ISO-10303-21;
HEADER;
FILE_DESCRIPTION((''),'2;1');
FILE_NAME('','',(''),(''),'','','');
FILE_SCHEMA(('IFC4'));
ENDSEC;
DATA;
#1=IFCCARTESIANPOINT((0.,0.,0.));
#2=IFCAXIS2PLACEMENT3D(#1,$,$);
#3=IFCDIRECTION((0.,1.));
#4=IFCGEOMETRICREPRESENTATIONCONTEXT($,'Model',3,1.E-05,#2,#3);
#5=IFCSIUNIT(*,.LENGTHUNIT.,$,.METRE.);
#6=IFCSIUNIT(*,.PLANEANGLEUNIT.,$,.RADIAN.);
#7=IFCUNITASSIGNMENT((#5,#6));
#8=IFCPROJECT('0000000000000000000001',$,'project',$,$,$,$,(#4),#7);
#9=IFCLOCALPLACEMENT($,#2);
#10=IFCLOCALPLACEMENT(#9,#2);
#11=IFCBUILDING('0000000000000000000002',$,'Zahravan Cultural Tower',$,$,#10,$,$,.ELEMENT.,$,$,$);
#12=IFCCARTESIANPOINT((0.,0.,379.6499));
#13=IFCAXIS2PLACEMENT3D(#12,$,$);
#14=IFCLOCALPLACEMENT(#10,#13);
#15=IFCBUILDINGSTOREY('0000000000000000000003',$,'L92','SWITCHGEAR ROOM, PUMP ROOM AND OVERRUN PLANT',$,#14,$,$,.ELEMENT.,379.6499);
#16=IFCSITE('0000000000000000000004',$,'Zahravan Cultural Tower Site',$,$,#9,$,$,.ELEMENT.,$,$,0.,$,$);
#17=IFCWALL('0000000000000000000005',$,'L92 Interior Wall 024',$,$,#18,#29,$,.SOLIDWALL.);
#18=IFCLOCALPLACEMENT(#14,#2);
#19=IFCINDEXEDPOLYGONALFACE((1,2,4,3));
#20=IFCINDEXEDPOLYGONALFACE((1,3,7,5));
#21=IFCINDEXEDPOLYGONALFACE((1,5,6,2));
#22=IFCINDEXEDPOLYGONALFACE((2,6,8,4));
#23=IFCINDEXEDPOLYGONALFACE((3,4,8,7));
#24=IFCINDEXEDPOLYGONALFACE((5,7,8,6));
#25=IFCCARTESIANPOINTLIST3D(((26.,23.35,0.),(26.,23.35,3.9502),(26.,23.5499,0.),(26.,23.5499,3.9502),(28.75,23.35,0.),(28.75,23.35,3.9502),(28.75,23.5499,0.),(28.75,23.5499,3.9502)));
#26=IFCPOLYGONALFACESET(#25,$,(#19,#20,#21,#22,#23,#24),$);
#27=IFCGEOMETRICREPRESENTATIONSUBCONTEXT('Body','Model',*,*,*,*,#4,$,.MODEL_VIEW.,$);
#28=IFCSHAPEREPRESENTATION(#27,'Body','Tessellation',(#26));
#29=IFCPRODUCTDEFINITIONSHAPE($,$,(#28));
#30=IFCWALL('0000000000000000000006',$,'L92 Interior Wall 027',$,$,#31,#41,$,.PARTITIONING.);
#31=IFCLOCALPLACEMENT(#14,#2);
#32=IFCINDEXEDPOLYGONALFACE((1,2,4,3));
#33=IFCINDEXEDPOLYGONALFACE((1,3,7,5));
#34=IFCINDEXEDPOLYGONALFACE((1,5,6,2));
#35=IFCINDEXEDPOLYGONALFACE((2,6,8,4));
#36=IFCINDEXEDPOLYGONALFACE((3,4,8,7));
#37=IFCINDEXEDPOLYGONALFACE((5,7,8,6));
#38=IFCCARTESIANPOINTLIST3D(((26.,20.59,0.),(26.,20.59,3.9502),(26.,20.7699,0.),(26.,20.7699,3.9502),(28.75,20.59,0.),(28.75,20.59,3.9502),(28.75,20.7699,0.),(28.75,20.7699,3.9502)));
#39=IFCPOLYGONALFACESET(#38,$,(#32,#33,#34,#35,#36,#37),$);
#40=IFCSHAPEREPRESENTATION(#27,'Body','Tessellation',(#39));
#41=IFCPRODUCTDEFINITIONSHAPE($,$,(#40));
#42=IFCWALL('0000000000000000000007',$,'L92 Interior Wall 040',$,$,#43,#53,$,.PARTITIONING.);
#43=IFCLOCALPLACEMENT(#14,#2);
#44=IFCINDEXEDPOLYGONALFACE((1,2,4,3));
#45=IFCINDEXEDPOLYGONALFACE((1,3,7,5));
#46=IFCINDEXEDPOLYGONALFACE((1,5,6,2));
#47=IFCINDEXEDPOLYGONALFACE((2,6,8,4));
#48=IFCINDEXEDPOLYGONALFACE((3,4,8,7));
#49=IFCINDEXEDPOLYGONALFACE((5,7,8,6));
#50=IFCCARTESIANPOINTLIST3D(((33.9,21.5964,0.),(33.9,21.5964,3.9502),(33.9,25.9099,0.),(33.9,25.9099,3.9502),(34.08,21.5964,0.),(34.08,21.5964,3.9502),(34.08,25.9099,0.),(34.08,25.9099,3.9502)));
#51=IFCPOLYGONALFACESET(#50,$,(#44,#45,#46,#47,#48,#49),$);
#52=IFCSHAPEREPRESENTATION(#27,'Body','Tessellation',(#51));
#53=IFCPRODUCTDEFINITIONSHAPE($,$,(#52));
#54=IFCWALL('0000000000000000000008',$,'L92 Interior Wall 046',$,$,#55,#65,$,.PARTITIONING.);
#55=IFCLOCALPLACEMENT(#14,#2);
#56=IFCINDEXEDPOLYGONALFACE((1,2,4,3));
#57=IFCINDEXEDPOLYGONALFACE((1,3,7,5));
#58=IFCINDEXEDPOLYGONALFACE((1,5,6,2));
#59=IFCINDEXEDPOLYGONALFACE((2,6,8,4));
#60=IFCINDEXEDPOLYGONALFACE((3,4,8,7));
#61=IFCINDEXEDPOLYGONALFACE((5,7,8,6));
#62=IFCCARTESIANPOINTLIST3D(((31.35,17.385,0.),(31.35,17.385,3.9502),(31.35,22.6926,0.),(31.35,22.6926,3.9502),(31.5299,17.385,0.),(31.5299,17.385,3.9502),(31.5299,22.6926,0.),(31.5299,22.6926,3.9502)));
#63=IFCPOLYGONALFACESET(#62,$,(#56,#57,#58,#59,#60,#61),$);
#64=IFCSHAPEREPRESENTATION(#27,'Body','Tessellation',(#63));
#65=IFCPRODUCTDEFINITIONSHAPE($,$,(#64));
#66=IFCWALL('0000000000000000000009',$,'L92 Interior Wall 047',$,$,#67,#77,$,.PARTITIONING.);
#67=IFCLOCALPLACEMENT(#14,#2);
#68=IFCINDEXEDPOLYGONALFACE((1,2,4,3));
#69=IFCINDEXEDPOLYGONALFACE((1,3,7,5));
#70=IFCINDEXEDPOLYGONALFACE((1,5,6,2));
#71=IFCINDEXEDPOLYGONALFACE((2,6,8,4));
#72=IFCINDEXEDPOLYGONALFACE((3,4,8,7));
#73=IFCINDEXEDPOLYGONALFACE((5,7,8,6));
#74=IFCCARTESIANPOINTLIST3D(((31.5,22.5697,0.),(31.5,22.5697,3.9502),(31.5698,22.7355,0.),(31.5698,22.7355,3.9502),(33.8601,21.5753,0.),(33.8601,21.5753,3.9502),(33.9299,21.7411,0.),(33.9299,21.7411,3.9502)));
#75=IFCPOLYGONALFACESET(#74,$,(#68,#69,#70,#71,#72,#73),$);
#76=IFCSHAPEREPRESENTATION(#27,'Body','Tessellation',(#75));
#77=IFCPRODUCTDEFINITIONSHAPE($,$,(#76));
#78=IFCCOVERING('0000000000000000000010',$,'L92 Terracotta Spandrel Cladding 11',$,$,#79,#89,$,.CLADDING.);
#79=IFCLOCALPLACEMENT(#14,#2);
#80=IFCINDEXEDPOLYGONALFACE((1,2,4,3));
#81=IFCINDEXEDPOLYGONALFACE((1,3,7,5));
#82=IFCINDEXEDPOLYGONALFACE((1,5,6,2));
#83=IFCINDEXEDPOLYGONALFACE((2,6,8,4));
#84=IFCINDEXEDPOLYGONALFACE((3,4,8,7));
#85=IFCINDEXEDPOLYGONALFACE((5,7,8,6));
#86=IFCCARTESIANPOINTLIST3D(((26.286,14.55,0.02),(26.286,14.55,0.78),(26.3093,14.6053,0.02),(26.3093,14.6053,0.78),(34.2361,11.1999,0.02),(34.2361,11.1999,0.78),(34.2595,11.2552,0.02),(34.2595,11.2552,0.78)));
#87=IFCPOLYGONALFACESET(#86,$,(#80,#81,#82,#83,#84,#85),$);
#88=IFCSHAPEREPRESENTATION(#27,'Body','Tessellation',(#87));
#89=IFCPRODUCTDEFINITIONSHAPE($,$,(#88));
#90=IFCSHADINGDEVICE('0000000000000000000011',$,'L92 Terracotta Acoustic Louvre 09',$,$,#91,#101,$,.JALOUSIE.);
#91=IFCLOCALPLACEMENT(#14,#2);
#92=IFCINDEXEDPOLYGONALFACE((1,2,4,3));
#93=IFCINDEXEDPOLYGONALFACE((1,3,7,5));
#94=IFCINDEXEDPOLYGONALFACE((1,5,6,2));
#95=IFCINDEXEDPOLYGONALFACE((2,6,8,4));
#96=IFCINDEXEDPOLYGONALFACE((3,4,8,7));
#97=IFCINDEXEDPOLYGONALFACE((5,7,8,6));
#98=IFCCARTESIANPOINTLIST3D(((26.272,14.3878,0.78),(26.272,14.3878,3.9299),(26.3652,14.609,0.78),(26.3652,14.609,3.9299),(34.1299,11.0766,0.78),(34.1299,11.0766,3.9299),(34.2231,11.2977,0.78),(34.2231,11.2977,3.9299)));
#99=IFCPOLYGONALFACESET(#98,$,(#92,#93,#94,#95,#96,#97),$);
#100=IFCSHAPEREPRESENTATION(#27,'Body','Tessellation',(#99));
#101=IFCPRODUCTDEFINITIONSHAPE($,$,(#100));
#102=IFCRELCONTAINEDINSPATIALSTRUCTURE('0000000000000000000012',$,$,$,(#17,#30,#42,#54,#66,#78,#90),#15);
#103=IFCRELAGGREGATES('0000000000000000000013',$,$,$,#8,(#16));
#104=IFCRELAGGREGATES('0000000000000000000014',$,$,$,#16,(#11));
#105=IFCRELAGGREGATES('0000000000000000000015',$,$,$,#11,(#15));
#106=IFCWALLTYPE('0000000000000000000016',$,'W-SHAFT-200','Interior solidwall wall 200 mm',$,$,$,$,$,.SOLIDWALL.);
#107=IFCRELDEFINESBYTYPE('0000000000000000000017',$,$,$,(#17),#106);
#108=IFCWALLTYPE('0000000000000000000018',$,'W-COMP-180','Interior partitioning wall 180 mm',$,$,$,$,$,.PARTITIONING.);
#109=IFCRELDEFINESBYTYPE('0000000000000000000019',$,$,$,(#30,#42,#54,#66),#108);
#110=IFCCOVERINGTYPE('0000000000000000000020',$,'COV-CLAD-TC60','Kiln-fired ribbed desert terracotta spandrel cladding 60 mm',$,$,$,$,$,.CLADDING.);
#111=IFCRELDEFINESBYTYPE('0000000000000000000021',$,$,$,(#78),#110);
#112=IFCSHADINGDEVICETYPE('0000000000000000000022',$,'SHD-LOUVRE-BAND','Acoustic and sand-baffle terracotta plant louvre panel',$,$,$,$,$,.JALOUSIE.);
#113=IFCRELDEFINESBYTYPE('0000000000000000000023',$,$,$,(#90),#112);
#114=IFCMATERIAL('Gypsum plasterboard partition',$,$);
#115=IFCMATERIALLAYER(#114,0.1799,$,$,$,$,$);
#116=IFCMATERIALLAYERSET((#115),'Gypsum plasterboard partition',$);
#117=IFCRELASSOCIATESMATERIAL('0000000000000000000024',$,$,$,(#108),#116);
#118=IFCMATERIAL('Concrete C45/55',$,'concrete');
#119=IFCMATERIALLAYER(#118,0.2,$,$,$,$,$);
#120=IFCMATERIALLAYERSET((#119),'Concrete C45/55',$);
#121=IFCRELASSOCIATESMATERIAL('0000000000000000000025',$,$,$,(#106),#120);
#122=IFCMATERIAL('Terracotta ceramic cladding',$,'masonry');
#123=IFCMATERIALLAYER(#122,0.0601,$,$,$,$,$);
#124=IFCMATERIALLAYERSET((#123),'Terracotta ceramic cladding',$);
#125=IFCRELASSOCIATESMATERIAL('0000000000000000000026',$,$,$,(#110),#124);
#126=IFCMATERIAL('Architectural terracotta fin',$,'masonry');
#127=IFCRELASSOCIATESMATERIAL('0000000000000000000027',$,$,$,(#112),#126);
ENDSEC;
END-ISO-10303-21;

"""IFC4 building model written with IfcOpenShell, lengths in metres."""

from ifc_helpers import new_model, si_unit, direction, frame, frame_2d, origin, origin_2d, place, context, subcontext, project, spatial, rectangle, extrude, source, transform, mapped, material, layer, layer_set, type_object, element, save


model = new_model("IFC4")

# Units and contexts
model_context = context("Model", 3, precision=1e-05, world=origin(), true_north=direction((0.0, 1.0)))
body_context = subcontext(model_context, "Body", "Model", "MODEL_VIEW")
ifc_project = project(units=[si_unit("LENGTHUNIT", "METRE"), si_unit("PLANEANGLEUNIT", "RADIAN")], contexts=[model_context])

# Site, building, storey
site_placement = place(None, origin())
site = spatial("IfcSite", under=ifc_project, at=site_placement, Name="Zahravan Cultural Tower Site", CompositionType="ELEMENT", RefElevation=0.0)
building_placement = place(site_placement, origin())
building = spatial("IfcBuilding", under=site, at=building_placement, Name="Zahravan Cultural Tower", CompositionType="ELEMENT")
storey_placement = place(building_placement, frame((0.0, 0.0, 379.6499)))
storey = spatial("IfcBuildingStorey", under=building, at=storey_placement, Name="L92", Description="SWITCHGEAR ROOM, PUMP ROOM AND OVERRUN PLANT", CompositionType="ELEMENT", Elevation=379.6499)

# Shared definitions
ifc_material_1 = material(Name="Concrete C45/55", Category="concrete")

# Shared definitions
ifc_material_2 = material(Name="Gypsum plasterboard partition")
ifc_layer_1 = layer(ifc_material_2, 0.1799)
ifc_layer_set_1 = layer_set([ifc_layer_1], Name="Gypsum plasterboard partition")
wall_type_1 = type_object("IfcWallType", Name="W-COMP-180", Description="Interior partitioning wall 180 mm", PredefinedType="PARTITIONING", material=ifc_layer_set_1)

# Shared definitions
ifc_layer_2 = layer(ifc_material_1, 0.2)
ifc_layer_set_2 = layer_set([ifc_layer_2], Name="Concrete C45/55")
wall_type_2 = type_object("IfcWallType", Name="W-SHAFT-200", Description="Interior solidwall wall 200 mm", PredefinedType="SOLIDWALL", material=ifc_layer_set_2)

# Walls
shared_shape_1 = source(origin(), body_context, "Body", "SweptSolid", [
    extrude(rectangle(XDim=2.75, YDim=0.2, at=frame_2d((1.375, 0.0))), origin(), (0.0, 0.0, 1.0), 3.9502),
])
wall_1_placement = place(storey_placement, frame((26.0, 23.45, 0.0), z_axis=(0.0, 0.0, 1.0), x_axis=(1.0, 0.0, 0.0)))
element("IfcWall", 1, at=wall_1_placement, inside=storey, type_object=wall_type_2, Name="L92 Interior Wall 024", PredefinedType="SOLIDWALL", context=body_context, shape_type="MappedRepresentation", body=[
    mapped(shared_shape_1, transform((0.0, 0.0, 0.0), x_axis=(1.0, 0.0, 0.0), y_axis=(0.0, 1.0, 0.0), z_axis=(0.0, 0.0, 1.0), scale=1.0)),
])
shared_shape_2 = source(origin(), body_context, "Body", "SweptSolid", [
    extrude(rectangle(XDim=2.75, YDim=0.1799, at=frame_2d((1.375, 0.0))), origin(), (0.0, 0.0, 1.0), 3.9502),
])
wall_2_placement = place(storey_placement, frame((26.0, 20.6799, 0.0), z_axis=(0.0, 0.0, 1.0), x_axis=(1.0, 0.0, 0.0)))
element("IfcWall", 2, at=wall_2_placement, inside=storey, type_object=wall_type_1, Name="L92 Interior Wall 027", PredefinedType="PARTITIONING", context=body_context, shape_type="MappedRepresentation", body=[
    mapped(shared_shape_2, transform((0.0, 0.0, 0.0), x_axis=(1.0, 0.0, 0.0), y_axis=(0.0, 1.0, 0.0), z_axis=(0.0, 0.0, 1.0), scale=1.0)),
])
shared_shape_3 = source(origin(), body_context, "Body", "SweptSolid", [
    extrude(rectangle(XDim=4.3135, YDim=0.1799, at=frame_2d((2.1567, 0.0))), origin(), (0.0, 0.0, 1.0), 3.9502),
])
wall_3_placement = place(storey_placement, frame((33.99, 21.5964, 0.0), z_axis=(0.0, 0.0, 1.0), x_axis=(0.0, 1.0, 0.0)))
element("IfcWall", 3, at=wall_3_placement, inside=storey, type_object=wall_type_1, Name="L92 Interior Wall 040", PredefinedType="PARTITIONING", context=body_context, shape_type="MappedRepresentation", body=[
    mapped(shared_shape_3, transform((0.0, 0.0, 0.0), x_axis=(1.0, 0.0, 0.0), y_axis=(0.0, 1.0, 0.0), z_axis=(0.0, 0.0, 1.0), scale=1.0)),
])
shared_shape_4 = source(origin(), body_context, "Body", "SweptSolid", [
    extrude(rectangle(XDim=5.3076, YDim=0.1799, at=frame_2d((2.6538, 0.0))), origin(), (0.0, 0.0, 1.0), 3.9502),
])
wall_4_placement = place(storey_placement, frame((31.4399, 17.385, 0.0), z_axis=(0.0, 0.0, 1.0), x_axis=(0.0, 1.0, 0.0)))
element("IfcWall", 4, at=wall_4_placement, inside=storey, type_object=wall_type_1, Name="L92 Interior Wall 046", PredefinedType="PARTITIONING", context=body_context, shape_type="MappedRepresentation", body=[
    mapped(shared_shape_4, transform((0.0, 0.0, 0.0), x_axis=(1.0, 0.0, 0.0), y_axis=(0.0, 1.0, 0.0), z_axis=(0.0, 0.0, 1.0), scale=1.0)),
])
shared_shape_5 = source(origin(), body_context, "Body", "SweptSolid", [
    extrude(rectangle(XDim=2.561, YDim=0.1799, at=frame_2d((1.2805, 0.0))), origin(), (0.0, 0.0, 1.0), 3.9502),
])
wall_5_placement = place(storey_placement, frame((31.5349, 22.6526, 0.0), z_axis=(0.0, 0.0, 1.0), x_axis=(0.921544, -0.388274, 0.0)))
element("IfcWall", 5, at=wall_5_placement, inside=storey, type_object=wall_type_1, Name="L92 Interior Wall 047", PredefinedType="PARTITIONING", context=body_context, shape_type="MappedRepresentation", body=[
    mapped(shared_shape_5, transform((0.0, 0.0, 0.0), x_axis=(1.0, 0.0, 0.0), y_axis=(0.0, 1.0, 0.0), z_axis=(0.0, 0.0, 1.0), scale=1.0)),
])

# Covering
ifc_material_3 = material(Name="Terracotta ceramic cladding", Category="masonry")
ifc_layer_3 = layer(ifc_material_3, 0.0601)
ifc_layer_set_3 = layer_set([ifc_layer_3], Name="Terracotta ceramic cladding")
covering_type = type_object("IfcCoveringType", Name="COV-CLAD-TC60", Description="Kiln-fired ribbed desert terracotta spandrel cladding 60 mm", PredefinedType="CLADDING", material=ifc_layer_set_3)
shared_shape_6 = source(origin(), body_context, "Body", "SweptSolid", [
    extrude(rectangle(XDim=8.6272, YDim=0.0601, at=origin_2d()), origin(), (0.0, 0.0, 1.0), 0.76),
])
covering_placement = place(storey_placement, frame((30.2727, 12.9026, 0.02), z_axis=(0.0, 0.0, 1.0), x_axis=(-0.921525, 0.38832, 0.0)))
element("IfcCovering", 6, at=covering_placement, inside=storey, type_object=covering_type, Name="L92 Terracotta Spandrel Cladding 11", PredefinedType="CLADDING", context=body_context, shape_type="MappedRepresentation", body=[
    mapped(shared_shape_6, transform((0.0, 0.0, 0.0), x_axis=(1.0, 0.0, 0.0), y_axis=(0.0, 1.0, 0.0), z_axis=(0.0, 0.0, 1.0), scale=1.0)),
])

# Shading device
ifc_material_4 = material(Name="Architectural terracotta fin", Category="masonry")
shading_device_type = type_object("IfcShadingDeviceType", Name="SHD-LOUVRE-BAND", Description="Acoustic and sand-baffle terracotta plant louvre panel", PredefinedType="JALOUSIE", material=ifc_material_4)
shared_shape_7 = source(origin(), body_context, "Body", "SweptSolid", [
    extrude(rectangle(XDim=8.5271, YDim=0.24, at=origin_2d()), origin(), (0.0, 0.0, 1.0), 3.1499),
])
shading_device_placement = place(storey_placement, frame((30.2476, 12.8428, 0.78), z_axis=(0.0, 0.0, 1.0), x_axis=(-0.921525, 0.38832, 0.0)))
element("IfcShadingDevice", 7, at=shading_device_placement, inside=storey, type_object=shading_device_type, Name="L92 Terracotta Acoustic Louvre 09", PredefinedType="JALOUSIE", context=body_context, shape_type="MappedRepresentation", body=[
    mapped(shared_shape_7, transform((0.0, 0.0, 0.0), x_axis=(1.0, 0.0, 0.0), y_axis=(0.0, 1.0, 0.0), z_axis=(0.0, 0.0, 1.0), scale=1.0)),
])

save(model, "model.ifc")
